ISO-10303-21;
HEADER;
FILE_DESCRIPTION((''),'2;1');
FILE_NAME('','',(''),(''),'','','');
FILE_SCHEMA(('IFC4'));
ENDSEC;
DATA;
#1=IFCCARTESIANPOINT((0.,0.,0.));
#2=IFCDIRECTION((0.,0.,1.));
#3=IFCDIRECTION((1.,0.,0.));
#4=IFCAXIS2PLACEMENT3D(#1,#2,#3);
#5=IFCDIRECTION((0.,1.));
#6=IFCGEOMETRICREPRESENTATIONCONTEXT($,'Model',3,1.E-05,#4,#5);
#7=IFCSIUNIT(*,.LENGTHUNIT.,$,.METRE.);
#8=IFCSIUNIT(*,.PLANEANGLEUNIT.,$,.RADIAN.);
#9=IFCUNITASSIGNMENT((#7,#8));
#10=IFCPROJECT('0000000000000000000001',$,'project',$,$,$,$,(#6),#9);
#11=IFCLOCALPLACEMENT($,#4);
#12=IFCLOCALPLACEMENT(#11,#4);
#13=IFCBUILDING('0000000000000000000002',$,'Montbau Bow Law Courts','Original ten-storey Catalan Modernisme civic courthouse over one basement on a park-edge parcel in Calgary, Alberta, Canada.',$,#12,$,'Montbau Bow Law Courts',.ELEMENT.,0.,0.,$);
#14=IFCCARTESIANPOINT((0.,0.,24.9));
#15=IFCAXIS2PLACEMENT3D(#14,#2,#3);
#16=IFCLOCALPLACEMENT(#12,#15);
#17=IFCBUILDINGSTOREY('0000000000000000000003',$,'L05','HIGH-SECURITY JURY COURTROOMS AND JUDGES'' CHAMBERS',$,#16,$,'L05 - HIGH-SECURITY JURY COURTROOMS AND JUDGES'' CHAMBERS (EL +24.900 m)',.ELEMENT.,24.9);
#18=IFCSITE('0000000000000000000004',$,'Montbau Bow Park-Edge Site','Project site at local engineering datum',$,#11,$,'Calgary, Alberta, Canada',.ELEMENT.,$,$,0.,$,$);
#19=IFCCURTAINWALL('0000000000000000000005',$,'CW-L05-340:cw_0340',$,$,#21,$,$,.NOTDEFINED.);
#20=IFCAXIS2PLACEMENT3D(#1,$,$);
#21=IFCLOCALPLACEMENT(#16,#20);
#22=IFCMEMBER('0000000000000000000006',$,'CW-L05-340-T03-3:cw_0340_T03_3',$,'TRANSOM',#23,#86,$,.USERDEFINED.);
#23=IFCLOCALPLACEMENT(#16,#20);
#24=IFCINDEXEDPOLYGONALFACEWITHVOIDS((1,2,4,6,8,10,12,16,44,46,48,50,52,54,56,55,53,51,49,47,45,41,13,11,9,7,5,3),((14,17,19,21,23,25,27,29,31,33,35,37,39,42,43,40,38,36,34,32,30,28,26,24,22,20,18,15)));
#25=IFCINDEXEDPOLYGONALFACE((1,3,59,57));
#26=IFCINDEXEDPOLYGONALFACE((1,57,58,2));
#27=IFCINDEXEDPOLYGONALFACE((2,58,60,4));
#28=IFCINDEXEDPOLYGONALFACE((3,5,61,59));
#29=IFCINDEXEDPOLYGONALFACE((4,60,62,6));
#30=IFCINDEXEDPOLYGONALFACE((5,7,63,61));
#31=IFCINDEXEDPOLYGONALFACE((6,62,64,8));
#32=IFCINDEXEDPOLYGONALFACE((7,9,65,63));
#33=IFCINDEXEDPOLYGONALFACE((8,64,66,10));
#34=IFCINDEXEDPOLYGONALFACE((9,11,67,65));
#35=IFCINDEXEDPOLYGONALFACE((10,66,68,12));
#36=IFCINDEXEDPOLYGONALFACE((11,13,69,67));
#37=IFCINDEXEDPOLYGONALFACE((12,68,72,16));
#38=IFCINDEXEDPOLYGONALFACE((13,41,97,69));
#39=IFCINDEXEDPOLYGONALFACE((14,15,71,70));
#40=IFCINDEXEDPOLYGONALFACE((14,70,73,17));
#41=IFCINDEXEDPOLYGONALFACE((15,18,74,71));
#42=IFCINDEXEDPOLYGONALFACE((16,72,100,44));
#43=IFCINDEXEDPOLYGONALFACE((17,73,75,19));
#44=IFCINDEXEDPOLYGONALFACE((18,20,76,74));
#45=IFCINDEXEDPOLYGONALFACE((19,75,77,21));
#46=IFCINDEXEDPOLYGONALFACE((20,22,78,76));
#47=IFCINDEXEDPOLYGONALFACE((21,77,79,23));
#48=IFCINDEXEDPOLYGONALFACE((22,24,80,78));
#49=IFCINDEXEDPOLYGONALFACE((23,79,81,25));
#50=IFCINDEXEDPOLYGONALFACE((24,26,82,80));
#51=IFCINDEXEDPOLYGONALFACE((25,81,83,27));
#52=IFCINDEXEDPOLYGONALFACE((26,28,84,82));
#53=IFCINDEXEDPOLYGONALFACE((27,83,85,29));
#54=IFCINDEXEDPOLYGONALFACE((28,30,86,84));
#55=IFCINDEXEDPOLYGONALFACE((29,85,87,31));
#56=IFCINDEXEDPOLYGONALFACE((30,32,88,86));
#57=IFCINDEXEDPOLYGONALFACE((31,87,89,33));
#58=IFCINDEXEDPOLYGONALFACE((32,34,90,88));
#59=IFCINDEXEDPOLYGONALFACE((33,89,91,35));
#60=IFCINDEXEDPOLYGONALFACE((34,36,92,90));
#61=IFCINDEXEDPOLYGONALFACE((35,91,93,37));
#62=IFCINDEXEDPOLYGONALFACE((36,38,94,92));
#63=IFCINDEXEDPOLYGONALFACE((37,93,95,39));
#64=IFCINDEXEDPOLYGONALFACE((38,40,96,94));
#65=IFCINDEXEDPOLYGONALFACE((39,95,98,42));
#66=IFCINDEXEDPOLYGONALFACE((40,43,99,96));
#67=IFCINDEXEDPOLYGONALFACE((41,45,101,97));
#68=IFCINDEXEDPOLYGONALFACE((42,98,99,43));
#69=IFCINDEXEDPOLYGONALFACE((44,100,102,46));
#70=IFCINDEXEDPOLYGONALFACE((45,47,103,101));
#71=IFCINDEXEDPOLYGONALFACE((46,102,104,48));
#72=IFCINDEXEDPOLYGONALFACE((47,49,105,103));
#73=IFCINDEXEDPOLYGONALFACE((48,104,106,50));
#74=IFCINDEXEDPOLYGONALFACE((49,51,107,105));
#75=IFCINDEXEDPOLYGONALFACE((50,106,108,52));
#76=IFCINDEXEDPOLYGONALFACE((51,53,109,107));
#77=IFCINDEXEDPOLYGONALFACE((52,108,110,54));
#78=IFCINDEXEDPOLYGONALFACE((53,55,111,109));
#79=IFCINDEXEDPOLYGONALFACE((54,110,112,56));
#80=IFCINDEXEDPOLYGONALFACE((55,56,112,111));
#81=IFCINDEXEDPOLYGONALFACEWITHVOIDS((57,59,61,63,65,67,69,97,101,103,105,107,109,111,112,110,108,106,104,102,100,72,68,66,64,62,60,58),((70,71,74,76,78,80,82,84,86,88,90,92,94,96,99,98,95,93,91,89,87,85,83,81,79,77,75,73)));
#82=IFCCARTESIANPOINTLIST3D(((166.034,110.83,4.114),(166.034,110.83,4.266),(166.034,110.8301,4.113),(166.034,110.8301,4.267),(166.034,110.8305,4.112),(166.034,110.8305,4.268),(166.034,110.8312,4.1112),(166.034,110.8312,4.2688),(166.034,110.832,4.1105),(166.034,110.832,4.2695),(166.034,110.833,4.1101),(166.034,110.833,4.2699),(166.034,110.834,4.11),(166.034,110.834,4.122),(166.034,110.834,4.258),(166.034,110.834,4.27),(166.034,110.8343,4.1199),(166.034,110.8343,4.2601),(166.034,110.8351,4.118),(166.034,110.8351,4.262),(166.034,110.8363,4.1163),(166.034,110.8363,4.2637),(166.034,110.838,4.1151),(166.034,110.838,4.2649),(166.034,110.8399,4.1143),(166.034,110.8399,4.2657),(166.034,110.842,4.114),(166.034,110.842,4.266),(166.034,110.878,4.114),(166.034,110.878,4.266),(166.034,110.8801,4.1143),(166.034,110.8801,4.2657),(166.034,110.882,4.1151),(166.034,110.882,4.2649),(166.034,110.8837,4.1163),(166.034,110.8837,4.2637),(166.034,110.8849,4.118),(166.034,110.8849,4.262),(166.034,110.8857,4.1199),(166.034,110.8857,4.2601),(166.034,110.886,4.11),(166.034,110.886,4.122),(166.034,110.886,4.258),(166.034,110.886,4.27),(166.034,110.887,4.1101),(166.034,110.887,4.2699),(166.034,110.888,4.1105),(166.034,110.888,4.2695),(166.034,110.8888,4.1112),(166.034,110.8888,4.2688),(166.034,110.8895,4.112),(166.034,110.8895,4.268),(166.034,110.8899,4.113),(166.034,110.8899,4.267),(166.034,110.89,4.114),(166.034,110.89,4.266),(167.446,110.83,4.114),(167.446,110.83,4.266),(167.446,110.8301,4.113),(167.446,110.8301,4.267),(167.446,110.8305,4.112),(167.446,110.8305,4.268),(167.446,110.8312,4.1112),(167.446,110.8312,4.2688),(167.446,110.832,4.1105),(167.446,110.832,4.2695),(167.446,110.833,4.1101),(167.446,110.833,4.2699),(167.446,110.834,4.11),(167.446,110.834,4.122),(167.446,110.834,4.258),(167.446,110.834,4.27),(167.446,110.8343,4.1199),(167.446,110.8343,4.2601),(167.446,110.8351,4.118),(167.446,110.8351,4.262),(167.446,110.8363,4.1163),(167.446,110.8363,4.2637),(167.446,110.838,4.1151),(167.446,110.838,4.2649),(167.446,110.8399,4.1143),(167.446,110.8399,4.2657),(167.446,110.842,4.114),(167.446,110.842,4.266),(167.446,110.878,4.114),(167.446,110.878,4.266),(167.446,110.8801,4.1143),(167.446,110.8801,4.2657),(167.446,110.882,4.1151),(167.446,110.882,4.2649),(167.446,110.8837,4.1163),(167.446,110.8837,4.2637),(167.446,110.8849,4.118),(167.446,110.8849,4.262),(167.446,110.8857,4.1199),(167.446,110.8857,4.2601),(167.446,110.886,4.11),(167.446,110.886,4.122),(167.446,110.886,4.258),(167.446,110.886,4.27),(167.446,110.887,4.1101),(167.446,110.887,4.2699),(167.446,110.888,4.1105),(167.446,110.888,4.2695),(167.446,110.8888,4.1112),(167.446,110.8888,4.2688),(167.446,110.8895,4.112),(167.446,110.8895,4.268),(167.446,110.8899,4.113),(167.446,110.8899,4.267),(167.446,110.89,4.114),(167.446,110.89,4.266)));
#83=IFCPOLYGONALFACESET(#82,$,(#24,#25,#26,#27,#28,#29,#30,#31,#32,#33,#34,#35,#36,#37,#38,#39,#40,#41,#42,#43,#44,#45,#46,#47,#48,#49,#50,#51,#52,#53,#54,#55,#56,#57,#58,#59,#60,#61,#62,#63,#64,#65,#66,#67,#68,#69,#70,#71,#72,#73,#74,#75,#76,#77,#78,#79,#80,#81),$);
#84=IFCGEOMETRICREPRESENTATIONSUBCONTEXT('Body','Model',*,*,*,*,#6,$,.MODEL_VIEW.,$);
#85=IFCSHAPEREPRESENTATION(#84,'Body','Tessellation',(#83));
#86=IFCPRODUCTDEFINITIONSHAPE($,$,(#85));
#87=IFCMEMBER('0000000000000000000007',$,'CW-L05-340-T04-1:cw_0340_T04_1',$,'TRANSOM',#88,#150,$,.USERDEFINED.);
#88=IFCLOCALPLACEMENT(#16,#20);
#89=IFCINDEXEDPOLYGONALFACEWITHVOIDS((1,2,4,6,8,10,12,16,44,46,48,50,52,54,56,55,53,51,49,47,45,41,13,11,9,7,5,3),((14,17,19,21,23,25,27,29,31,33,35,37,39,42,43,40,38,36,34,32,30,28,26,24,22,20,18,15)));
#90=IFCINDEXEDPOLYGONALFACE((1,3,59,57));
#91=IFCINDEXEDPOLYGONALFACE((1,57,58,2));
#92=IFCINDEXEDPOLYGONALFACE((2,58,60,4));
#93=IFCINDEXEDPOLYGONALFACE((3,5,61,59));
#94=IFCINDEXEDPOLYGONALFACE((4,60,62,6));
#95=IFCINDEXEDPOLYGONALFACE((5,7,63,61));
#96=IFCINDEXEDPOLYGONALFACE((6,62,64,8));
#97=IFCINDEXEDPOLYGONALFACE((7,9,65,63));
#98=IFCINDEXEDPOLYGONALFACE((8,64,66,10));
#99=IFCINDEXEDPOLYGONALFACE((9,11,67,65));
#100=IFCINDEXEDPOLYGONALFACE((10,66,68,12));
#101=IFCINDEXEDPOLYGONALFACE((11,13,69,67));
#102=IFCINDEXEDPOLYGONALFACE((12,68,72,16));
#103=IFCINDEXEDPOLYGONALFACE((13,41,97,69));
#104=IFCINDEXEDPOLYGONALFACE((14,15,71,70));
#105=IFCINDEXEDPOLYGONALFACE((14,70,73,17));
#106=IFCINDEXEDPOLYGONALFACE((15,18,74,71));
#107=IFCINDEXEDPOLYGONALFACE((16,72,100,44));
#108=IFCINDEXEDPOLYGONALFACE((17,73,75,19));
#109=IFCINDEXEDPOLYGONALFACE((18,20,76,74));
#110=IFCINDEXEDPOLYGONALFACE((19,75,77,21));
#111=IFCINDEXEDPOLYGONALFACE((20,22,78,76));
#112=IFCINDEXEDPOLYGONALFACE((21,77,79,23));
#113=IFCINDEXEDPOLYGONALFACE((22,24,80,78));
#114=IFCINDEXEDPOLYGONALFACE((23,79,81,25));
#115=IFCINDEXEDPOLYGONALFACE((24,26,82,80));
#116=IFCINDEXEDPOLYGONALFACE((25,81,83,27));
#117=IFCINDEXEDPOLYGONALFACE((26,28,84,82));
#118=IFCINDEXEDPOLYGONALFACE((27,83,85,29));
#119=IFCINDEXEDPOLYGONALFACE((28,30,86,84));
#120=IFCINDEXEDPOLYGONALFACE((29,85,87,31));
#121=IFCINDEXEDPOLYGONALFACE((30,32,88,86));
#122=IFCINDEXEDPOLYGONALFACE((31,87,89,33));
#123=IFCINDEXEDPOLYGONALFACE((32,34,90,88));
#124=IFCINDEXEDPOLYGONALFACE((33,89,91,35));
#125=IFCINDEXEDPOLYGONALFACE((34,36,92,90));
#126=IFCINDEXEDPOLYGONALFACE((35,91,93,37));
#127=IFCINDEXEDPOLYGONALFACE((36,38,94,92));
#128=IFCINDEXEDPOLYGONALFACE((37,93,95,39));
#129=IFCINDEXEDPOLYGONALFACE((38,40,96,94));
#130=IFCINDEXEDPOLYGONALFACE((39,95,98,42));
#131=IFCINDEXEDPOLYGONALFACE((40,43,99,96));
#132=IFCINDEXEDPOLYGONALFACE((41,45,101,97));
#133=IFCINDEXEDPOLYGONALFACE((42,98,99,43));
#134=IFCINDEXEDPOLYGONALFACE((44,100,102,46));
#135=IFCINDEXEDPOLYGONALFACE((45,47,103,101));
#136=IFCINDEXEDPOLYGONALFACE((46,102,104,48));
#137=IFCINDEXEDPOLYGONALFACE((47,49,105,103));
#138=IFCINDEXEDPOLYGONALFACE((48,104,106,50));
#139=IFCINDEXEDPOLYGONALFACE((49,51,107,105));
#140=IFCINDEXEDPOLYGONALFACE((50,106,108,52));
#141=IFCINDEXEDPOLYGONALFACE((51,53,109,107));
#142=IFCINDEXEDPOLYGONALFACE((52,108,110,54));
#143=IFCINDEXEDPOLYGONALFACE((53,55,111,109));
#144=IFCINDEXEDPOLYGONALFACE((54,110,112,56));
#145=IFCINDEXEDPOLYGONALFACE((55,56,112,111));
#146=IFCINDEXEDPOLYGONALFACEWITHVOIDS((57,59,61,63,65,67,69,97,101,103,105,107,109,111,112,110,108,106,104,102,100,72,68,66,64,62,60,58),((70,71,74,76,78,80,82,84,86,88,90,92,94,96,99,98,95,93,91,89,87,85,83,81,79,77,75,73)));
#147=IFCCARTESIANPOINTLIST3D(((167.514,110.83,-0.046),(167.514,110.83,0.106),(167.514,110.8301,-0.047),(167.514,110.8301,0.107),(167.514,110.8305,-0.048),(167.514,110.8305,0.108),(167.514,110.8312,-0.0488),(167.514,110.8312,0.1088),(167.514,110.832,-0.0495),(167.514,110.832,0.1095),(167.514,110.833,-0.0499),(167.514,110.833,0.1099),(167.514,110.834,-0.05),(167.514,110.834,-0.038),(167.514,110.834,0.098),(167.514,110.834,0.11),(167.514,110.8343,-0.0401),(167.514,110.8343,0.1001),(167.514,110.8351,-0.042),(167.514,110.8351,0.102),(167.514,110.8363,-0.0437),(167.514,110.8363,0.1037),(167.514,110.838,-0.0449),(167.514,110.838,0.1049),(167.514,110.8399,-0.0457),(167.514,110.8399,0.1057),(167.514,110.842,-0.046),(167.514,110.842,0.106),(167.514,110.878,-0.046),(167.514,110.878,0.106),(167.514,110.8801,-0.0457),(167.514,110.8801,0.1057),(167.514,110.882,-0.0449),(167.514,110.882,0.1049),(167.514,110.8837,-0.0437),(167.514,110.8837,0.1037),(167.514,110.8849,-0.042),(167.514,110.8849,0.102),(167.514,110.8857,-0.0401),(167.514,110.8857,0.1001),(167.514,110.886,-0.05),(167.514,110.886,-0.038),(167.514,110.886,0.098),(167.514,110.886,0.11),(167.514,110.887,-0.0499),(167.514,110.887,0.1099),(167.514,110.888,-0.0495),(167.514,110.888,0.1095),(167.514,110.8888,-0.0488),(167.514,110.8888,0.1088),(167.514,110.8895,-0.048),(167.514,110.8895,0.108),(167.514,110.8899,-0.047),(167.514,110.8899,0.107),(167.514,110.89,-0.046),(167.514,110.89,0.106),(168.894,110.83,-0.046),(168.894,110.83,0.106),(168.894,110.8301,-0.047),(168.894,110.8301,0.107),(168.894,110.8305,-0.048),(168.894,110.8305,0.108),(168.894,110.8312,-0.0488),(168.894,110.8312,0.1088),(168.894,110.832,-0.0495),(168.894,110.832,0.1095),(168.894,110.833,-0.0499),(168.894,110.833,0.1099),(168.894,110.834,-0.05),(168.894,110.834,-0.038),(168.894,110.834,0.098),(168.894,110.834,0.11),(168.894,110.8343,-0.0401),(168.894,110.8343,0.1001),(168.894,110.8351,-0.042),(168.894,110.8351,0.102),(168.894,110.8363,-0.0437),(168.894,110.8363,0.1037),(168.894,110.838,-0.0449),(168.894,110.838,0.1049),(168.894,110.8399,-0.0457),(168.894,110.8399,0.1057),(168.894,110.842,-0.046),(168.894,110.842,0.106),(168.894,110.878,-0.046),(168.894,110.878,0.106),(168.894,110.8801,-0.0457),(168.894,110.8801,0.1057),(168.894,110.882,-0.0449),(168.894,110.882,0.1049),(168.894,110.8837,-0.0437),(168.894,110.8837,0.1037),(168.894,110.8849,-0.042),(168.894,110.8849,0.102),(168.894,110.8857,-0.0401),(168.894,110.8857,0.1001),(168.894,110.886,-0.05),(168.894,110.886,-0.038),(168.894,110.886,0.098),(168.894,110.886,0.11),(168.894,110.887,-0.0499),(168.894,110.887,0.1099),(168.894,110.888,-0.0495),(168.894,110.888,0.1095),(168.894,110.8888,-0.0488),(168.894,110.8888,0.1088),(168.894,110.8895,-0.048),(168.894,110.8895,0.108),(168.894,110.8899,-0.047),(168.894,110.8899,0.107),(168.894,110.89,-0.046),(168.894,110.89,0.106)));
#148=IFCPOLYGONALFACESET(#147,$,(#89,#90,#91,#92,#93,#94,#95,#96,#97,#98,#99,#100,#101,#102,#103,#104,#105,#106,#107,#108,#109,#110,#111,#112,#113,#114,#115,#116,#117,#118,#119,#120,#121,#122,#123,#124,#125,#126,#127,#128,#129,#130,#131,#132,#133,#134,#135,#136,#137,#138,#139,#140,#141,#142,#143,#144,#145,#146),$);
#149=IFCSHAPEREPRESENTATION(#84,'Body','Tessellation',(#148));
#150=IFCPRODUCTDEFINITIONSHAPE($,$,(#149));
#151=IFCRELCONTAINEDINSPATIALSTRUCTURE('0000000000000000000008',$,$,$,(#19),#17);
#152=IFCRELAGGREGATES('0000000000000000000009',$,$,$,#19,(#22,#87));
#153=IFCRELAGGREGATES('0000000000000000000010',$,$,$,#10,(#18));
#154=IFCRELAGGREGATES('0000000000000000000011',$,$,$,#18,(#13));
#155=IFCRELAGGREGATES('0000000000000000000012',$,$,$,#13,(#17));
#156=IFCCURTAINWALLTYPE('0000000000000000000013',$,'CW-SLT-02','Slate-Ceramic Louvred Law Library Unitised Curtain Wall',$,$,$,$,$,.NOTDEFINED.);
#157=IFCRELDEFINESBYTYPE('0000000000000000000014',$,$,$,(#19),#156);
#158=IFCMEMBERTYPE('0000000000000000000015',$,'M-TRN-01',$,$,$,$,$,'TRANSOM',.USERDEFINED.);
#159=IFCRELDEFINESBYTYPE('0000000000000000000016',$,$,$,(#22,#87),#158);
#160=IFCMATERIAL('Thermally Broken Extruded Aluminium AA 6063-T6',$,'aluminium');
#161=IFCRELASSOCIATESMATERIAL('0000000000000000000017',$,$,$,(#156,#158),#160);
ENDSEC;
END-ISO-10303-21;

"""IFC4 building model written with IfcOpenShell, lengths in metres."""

from ifc_helpers import new_model, si_unit, direction, frame, origin_with_axes, origin_2d_with_axis, place, context, subcontext, project, spatial, hollow_rectangle, extrude, material, material_profile, profile_set, type_object, element, aggregate, save


model = new_model("IFC4")

# Units and contexts
model_context = context("Model", 3, precision=1e-05, world=origin_with_axes(), true_north=direction((0.0, 1.0)))
body_context = subcontext(model_context, "Body", "Model", "MODEL_VIEW")
ifc_project = project(units=[si_unit("LENGTHUNIT", "METRE"), si_unit("PLANEANGLEUNIT", "RADIAN")], contexts=[model_context])

# Site, building, storey
site_placement = place(None, origin_with_axes())
site = spatial("IfcSite", under=ifc_project, at=site_placement, Name="Montbau Bow Park-Edge Site", Description="Project site at local engineering datum", LongName="Calgary, Alberta, Canada", CompositionType="ELEMENT", RefElevation=0.0)
building_placement = place(site_placement, origin_with_axes())
building = spatial("IfcBuilding", under=site, at=building_placement, Name="Montbau Bow Law Courts", Description="Original ten-storey Catalan Modernisme civic courthouse over one basement on a park-edge parcel in Calgary, Alberta, Canada.", LongName="Montbau Bow Law Courts", CompositionType="ELEMENT", ElevationOfRefHeight=0.0, ElevationOfTerrain=0.0)
storey_placement = place(building_placement, frame((0.0, 0.0, 24.9), z_axis=(0.0, 0.0, 1.0), x_axis=(1.0, 0.0, 0.0)))
storey = spatial("IfcBuildingStorey", under=building, at=storey_placement, Name="L05", Description="HIGH-SECURITY JURY COURTROOMS AND JUDGES' CHAMBERS", LongName="L05 - HIGH-SECURITY JURY COURTROOMS AND JUDGES' CHAMBERS (EL +24.900 m)", CompositionType="ELEMENT", Elevation=24.9)

# Curtain wall, members
ifc_material_1 = material(Name="Thermally Broken Extruded Aluminium AA 6063-T6", Category="aluminium")
curtain_wall_type = type_object("IfcCurtainWallType", Name="CW-SLT-02", Description="Slate-Ceramic Louvred Law Library Unitised Curtain Wall", PredefinedType="NOTDEFINED", material=ifc_material_1)
curtain_wall_placement = place(None, frame((163.04, 110.86, 24.9), z_axis=(0.0, 0.0, 1.0), x_axis=(1.0, 0.0, 0.0)))
curtain_wall = element("IfcCurtainWall", 1, at=curtain_wall_placement, inside=storey, type_object=curtain_wall_type, Name="CW-L05-340:cw_0340", PredefinedType="NOTDEFINED")
ifc_material_profile_1 = material_profile(ifc_material_1, hollow_rectangle(XDim=0.06, YDim=0.16, WallThickness=0.004, InnerFilletRadius=0.008, OuterFilletRadius=0.004, at=origin_2d_with_axis()), Name="CWT-160X60", Category="Main", Priority=0)
ifc_profile_set_1 = profile_set([ifc_material_profile_1], Name="Thermally Broken Extruded Aluminium AA 6063-T6")
member_type_1 = type_object("IfcMemberType", Name="M-TRN-01", ElementType="TRANSOM", PredefinedType="USERDEFINED", material=ifc_profile_set_1)
member_1_placement = place(None, frame((166.034, 110.86, 29.09), z_axis=(1.0, 0.0, 0.0), x_axis=(0.0, 1.0, 0.0)))
member_1 = element("IfcMember", 2, at=member_1_placement, type_object=member_type_1, Name="CW-L05-340-T03-3:cw_0340_T03_3", ObjectType="TRANSOM", PredefinedType="USERDEFINED", context=body_context, shape_type="SweptSolid", body=[
    extrude(hollow_rectangle(XDim=0.06, YDim=0.16, WallThickness=0.004, InnerFilletRadius=0.008, OuterFilletRadius=0.004, at=origin_2d_with_axis()), origin_with_axes(), (0.0, 0.0, 1.0), 1.412),
])
member_2_placement = place(None, frame((167.514, 110.86, 24.93), z_axis=(1.0, 0.0, 0.0), x_axis=(0.0, 1.0, 0.0)))
member_2 = element("IfcMember", 3, at=member_2_placement, type_object=member_type_1, Name="CW-L05-340-T04-1:cw_0340_T04_1", ObjectType="TRANSOM", PredefinedType="USERDEFINED", context=body_context, shape_type="SweptSolid", body=[
    extrude(hollow_rectangle(XDim=0.06, YDim=0.16, WallThickness=0.004, InnerFilletRadius=0.008, OuterFilletRadius=0.004, at=origin_2d_with_axis()), origin_with_axes(), (0.0, 0.0, 1.0), 1.38),
])
aggregate(curtain_wall, [member_1, member_2])

save(model, "model.ifc")
